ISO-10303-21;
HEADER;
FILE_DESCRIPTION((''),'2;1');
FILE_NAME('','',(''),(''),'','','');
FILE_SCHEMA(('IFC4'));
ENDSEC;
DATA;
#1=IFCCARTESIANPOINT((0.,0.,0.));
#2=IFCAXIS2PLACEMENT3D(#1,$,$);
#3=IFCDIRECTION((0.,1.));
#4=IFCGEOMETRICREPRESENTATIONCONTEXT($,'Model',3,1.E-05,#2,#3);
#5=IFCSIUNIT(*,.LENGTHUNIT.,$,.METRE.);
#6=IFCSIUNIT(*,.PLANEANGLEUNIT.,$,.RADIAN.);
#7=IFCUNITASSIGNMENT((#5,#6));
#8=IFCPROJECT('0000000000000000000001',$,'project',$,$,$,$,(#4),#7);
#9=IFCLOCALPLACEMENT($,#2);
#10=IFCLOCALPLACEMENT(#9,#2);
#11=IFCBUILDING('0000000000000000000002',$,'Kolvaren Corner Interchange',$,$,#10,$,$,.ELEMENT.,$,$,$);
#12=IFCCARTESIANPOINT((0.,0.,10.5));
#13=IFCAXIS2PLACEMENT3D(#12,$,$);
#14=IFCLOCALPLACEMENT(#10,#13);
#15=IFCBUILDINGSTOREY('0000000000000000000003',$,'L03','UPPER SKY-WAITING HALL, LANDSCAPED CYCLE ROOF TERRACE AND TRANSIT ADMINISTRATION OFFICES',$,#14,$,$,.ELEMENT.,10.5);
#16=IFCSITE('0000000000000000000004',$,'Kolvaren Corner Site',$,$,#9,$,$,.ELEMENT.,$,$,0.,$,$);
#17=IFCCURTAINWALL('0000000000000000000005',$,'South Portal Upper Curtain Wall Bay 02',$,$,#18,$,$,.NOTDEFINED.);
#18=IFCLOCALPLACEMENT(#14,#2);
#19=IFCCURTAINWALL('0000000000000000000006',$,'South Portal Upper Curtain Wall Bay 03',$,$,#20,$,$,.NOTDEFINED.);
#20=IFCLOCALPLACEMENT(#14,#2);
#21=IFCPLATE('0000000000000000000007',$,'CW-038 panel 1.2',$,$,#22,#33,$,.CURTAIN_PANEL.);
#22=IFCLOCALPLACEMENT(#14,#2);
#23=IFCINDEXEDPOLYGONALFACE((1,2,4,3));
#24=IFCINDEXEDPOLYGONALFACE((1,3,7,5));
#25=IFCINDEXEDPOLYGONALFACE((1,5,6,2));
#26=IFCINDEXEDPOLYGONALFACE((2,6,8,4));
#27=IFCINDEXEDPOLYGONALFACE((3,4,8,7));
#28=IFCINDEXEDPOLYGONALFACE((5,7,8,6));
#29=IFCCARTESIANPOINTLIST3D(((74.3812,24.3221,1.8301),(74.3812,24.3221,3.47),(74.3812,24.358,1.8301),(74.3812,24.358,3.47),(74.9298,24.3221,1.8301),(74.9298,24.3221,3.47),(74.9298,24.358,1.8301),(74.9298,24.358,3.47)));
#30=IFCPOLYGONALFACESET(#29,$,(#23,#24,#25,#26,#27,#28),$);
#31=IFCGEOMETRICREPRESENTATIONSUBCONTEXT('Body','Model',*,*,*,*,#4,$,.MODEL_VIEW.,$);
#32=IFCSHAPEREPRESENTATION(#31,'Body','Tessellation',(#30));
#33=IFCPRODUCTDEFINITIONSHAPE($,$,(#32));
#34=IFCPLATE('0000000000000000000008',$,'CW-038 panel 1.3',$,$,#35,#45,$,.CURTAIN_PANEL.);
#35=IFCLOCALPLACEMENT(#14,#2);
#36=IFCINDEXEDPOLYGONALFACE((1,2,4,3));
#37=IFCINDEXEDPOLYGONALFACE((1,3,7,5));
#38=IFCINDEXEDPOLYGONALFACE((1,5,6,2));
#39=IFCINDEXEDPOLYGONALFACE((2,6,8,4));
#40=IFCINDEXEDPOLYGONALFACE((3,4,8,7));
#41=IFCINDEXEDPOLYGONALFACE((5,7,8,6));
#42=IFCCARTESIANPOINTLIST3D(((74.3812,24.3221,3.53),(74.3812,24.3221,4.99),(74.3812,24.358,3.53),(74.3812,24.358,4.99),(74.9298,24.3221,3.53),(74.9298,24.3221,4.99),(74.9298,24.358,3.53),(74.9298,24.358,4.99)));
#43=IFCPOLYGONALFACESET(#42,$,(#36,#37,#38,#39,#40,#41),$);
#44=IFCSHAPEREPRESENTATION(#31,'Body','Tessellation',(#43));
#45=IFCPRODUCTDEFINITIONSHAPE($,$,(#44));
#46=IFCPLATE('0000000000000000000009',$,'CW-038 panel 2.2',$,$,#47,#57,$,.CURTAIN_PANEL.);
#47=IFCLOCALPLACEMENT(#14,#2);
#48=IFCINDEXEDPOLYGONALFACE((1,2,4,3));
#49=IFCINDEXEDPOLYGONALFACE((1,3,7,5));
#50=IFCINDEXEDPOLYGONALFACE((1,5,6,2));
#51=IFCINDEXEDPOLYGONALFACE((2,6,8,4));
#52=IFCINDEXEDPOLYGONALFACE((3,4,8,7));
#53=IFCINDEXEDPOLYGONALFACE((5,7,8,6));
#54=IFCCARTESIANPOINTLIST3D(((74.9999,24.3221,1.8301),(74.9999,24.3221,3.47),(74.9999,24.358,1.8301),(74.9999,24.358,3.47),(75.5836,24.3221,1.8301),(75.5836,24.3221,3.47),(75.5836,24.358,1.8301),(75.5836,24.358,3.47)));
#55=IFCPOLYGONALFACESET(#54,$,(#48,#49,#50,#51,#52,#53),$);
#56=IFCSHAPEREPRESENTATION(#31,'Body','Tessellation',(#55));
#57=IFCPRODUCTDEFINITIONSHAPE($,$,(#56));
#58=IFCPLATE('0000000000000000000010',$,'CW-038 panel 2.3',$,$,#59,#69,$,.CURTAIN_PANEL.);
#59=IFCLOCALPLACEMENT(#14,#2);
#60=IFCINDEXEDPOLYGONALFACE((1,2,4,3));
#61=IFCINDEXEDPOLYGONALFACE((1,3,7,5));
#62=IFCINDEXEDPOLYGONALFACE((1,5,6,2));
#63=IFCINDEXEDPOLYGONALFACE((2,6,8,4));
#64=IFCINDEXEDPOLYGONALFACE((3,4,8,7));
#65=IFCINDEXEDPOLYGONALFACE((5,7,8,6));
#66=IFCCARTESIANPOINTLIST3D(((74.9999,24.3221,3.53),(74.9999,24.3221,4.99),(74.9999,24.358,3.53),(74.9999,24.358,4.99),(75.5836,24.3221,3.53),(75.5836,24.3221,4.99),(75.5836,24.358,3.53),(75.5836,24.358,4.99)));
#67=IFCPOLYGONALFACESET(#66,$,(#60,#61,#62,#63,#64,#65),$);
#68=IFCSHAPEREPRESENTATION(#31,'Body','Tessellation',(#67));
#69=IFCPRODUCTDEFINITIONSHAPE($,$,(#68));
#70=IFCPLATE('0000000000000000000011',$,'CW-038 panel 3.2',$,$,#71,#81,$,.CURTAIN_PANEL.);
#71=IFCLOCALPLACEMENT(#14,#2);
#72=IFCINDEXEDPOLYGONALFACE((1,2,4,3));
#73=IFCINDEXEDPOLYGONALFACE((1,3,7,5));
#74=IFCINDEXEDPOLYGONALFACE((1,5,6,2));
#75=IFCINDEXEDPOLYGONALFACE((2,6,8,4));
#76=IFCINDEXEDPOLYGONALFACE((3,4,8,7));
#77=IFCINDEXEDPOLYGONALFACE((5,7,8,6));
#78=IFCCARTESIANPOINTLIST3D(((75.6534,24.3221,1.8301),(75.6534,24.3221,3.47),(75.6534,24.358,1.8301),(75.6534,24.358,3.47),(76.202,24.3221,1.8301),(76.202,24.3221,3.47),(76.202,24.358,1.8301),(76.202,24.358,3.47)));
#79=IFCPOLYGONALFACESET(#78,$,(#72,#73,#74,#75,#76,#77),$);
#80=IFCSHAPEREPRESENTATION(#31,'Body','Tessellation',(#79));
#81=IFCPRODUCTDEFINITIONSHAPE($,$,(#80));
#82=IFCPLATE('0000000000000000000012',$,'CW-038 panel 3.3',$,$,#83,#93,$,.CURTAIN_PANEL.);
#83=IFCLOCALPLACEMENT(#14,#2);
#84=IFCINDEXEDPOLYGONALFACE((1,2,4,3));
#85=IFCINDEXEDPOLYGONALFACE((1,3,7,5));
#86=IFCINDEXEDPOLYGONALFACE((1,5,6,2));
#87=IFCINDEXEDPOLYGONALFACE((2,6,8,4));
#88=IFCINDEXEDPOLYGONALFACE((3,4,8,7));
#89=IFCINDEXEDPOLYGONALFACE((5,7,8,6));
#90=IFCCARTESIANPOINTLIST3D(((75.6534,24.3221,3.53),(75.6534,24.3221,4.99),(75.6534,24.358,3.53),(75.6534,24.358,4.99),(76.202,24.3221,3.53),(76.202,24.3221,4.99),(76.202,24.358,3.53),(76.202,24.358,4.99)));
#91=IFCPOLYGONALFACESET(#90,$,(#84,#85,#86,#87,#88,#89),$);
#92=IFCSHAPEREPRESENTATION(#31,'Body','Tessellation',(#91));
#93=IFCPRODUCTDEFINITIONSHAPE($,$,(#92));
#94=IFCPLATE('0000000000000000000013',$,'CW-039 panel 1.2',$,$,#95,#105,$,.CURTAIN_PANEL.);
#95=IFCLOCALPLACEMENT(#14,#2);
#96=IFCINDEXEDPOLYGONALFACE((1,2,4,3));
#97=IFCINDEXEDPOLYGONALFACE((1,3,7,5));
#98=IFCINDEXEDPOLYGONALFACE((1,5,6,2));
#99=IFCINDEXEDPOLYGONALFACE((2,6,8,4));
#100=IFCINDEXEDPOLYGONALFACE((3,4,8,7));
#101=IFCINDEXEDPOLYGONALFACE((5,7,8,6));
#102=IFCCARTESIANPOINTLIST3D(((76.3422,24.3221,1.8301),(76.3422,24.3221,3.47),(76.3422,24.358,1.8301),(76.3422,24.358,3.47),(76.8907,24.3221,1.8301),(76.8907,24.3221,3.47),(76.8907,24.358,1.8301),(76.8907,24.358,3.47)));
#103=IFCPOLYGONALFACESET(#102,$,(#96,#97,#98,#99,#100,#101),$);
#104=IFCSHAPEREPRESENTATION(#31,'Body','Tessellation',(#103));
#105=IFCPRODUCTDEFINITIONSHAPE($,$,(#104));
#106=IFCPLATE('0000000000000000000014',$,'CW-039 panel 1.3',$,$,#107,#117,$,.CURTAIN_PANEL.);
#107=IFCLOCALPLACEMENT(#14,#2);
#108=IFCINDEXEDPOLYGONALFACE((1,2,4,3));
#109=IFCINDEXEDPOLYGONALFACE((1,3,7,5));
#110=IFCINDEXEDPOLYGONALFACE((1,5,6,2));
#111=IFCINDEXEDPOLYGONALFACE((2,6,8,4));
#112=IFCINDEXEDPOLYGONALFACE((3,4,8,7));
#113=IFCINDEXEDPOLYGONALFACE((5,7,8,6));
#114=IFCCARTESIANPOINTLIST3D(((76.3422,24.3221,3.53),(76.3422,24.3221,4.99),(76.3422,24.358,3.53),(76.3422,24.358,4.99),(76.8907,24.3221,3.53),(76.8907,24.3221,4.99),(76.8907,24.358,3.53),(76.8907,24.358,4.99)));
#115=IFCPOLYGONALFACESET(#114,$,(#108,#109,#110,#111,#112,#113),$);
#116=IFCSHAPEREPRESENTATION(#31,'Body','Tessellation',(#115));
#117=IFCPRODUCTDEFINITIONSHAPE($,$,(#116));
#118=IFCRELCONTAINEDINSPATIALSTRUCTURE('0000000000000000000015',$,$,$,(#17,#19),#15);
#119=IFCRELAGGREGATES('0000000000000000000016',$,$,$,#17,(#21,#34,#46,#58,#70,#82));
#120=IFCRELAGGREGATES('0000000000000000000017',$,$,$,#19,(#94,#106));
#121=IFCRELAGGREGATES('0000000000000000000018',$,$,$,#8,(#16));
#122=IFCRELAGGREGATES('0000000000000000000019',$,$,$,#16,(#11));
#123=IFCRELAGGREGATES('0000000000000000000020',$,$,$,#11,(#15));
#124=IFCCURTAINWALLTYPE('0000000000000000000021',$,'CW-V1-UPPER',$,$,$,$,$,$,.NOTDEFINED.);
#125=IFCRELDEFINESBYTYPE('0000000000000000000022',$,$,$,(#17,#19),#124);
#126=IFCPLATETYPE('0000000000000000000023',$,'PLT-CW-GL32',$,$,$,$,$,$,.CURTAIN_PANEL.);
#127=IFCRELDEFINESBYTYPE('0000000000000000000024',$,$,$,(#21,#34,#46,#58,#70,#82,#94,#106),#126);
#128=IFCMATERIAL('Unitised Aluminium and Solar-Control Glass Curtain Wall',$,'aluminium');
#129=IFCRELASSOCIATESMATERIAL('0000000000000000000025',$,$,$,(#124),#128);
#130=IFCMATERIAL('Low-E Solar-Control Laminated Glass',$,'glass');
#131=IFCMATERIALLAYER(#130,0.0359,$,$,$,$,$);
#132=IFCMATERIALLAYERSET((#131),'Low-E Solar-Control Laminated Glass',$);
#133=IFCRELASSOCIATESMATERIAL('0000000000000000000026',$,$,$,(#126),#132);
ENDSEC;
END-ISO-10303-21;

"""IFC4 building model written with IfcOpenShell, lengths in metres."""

from ifc_helpers import new_model, si_unit, direction, frame, origin, origin_2d, place, context, subcontext, project, spatial, rectangle, extrude, material, layer, layer_set, type_object, element, aggregate, save


model = new_model("IFC4")

# Units and contexts
model_context = context("Model", 3, precision=1e-05, world=origin(), true_north=direction((0.0, 1.0)))
body_context = subcontext(model_context, "Body", "Model", "MODEL_VIEW")
ifc_project = project(units=[si_unit("LENGTHUNIT", "METRE"), si_unit("PLANEANGLEUNIT", "RADIAN")], contexts=[model_context])

# Site, building, storey
site_placement = place(None, origin())
site = spatial("IfcSite", under=ifc_project, at=site_placement, Name="Kolvaren Corner Site", CompositionType="ELEMENT", RefElevation=0.0)
building_placement = place(site_placement, origin())
building = spatial("IfcBuilding", under=site, at=building_placement, Name="Kolvaren Corner Interchange", CompositionType="ELEMENT")
storey_placement = place(building_placement, frame((0.0, 0.0, 10.5)))
storey = spatial("IfcBuildingStorey", under=building, at=storey_placement, Name="L03", Description="UPPER SKY-WAITING HALL, LANDSCAPED CYCLE ROOF TERRACE AND TRANSIT ADMINISTRATION OFFICES", CompositionType="ELEMENT", Elevation=10.5)

# Curtain walls
ifc_material_1 = material(Name="Unitised Aluminium and Solar-Control Glass Curtain Wall", Category="aluminium")
curtain_wall_type = type_object("IfcCurtainWallType", Name="CW-V1-UPPER", PredefinedType="NOTDEFINED", material=ifc_material_1)
curtain_wall_1_placement = place(storey_placement, origin())
curtain_wall_1 = element("IfcCurtainWall", 1, at=curtain_wall_1_placement, inside=storey, type_object=curtain_wall_type, Name="South Portal Upper Curtain Wall Bay 02", PredefinedType="NOTDEFINED")
curtain_wall_2_placement = place(storey_placement, origin())
curtain_wall_2 = element("IfcCurtainWall", 2, at=curtain_wall_2_placement, inside=storey, type_object=curtain_wall_type, Name="South Portal Upper Curtain Wall Bay 03", PredefinedType="NOTDEFINED")

# Plates
ifc_material_2 = material(Name="Low-E Solar-Control Laminated Glass", Category="glass")
ifc_layer = layer(ifc_material_2, 0.0359)
ifc_layer_set = layer_set([ifc_layer], Name="Low-E Solar-Control Laminated Glass")
plate_type = type_object("IfcPlateType", Name="PLT-CW-GL32", PredefinedType="CURTAIN_PANEL", material=ifc_layer_set)
plate_1_placement = place(storey_placement, frame((74.6555, 24.3401, 1.8301), z_axis=(0.0, 0.0, 1.0), x_axis=(1.0, 0.0, 0.0)))
plate_1 = element("IfcPlate", 3, at=plate_1_placement, type_object=plate_type, Name="CW-038 panel 1.2", PredefinedType="CURTAIN_PANEL", context=body_context, shape_type="SweptSolid", body=[
    extrude(rectangle(XDim=0.5486, YDim=0.0359, at=origin_2d()), origin(), (0.0, 0.0, 1.0), 1.6399),
])
plate_2_placement = place(storey_placement, frame((74.6555, 24.3401, 3.53), z_axis=(0.0, 0.0, 1.0), x_axis=(1.0, 0.0, 0.0)))
plate_2 = element("IfcPlate", 4, at=plate_2_placement, type_object=plate_type, Name="CW-038 panel 1.3", PredefinedType="CURTAIN_PANEL", context=body_context, shape_type="SweptSolid", body=[
    extrude(rectangle(XDim=0.5486, YDim=0.0359, at=origin_2d()), origin(), (0.0, 0.0, 1.0), 1.46),
])
plate_3_placement = place(storey_placement, frame((75.2917, 24.3401, 1.8301), z_axis=(0.0, 0.0, 1.0), x_axis=(1.0, 0.0, 0.0)))
plate_3 = element("IfcPlate", 5, at=plate_3_placement, type_object=plate_type, Name="CW-038 panel 2.2", PredefinedType="CURTAIN_PANEL", context=body_context, shape_type="SweptSolid", body=[
    extrude(rectangle(XDim=0.5837, YDim=0.0359, at=origin_2d()), origin(), (0.0, 0.0, 1.0), 1.6399),
])
plate_4_placement = place(storey_placement, frame((75.2917, 24.3401, 3.53), z_axis=(0.0, 0.0, 1.0), x_axis=(1.0, 0.0, 0.0)))
plate_4 = element("IfcPlate", 6, at=plate_4_placement, type_object=plate_type, Name="CW-038 panel 2.3", PredefinedType="CURTAIN_PANEL", context=body_context, shape_type="SweptSolid", body=[
    extrude(rectangle(XDim=0.5837, YDim=0.0359, at=origin_2d()), origin(), (0.0, 0.0, 1.0), 1.46),
])
plate_5_placement = place(storey_placement, frame((75.9277, 24.3401, 1.8301), z_axis=(0.0, 0.0, 1.0), x_axis=(1.0, 0.0, 0.0)))
plate_5 = element("IfcPlate", 7, at=plate_5_placement, type_object=plate_type, Name="CW-038 panel 3.2", PredefinedType="CURTAIN_PANEL", context=body_context, shape_type="SweptSolid", body=[
    extrude(rectangle(XDim=0.5486, YDim=0.0359, at=origin_2d()), origin(), (0.0, 0.0, 1.0), 1.6399),
])
plate_6_placement = place(storey_placement, frame((75.9277, 24.3401, 3.53), z_axis=(0.0, 0.0, 1.0), x_axis=(1.0, 0.0, 0.0)))
plate_6 = element("IfcPlate", 8, at=plate_6_placement, type_object=plate_type, Name="CW-038 panel 3.3", PredefinedType="CURTAIN_PANEL", context=body_context, shape_type="SweptSolid", body=[
    extrude(rectangle(XDim=0.5486, YDim=0.0359, at=origin_2d()), origin(), (0.0, 0.0, 1.0), 1.46),
])
aggregate(curtain_wall_1, [plate_1, plate_2, plate_3, plate_4, plate_5, plate_6])
plate_7_placement = place(storey_placement, frame((76.6165, 24.3401, 1.8301), z_axis=(0.0, 0.0, 1.0), x_axis=(1.0, 0.0, 0.0)))
plate_7 = element("IfcPlate", 9, at=plate_7_placement, type_object=plate_type, Name="CW-039 panel 1.2", PredefinedType="CURTAIN_PANEL", context=body_context, shape_type="SweptSolid", body=[
    extrude(rectangle(XDim=0.5486, YDim=0.0359, at=origin_2d()), origin(), (0.0, 0.0, 1.0), 1.6399),
])
plate_8_placement = place(storey_placement, frame((76.6165, 24.3401, 3.53), z_axis=(0.0, 0.0, 1.0), x_axis=(1.0, 0.0, 0.0)))
plate_8 = element("IfcPlate", 10, at=plate_8_placement, type_object=plate_type, Name="CW-039 panel 1.3", PredefinedType="CURTAIN_PANEL", context=body_context, shape_type="SweptSolid", body=[
    extrude(rectangle(XDim=0.5486, YDim=0.0359, at=origin_2d()), origin(), (0.0, 0.0, 1.0), 1.46),
])
aggregate(curtain_wall_2, [plate_7, plate_8])

save(model, "model.ifc")
